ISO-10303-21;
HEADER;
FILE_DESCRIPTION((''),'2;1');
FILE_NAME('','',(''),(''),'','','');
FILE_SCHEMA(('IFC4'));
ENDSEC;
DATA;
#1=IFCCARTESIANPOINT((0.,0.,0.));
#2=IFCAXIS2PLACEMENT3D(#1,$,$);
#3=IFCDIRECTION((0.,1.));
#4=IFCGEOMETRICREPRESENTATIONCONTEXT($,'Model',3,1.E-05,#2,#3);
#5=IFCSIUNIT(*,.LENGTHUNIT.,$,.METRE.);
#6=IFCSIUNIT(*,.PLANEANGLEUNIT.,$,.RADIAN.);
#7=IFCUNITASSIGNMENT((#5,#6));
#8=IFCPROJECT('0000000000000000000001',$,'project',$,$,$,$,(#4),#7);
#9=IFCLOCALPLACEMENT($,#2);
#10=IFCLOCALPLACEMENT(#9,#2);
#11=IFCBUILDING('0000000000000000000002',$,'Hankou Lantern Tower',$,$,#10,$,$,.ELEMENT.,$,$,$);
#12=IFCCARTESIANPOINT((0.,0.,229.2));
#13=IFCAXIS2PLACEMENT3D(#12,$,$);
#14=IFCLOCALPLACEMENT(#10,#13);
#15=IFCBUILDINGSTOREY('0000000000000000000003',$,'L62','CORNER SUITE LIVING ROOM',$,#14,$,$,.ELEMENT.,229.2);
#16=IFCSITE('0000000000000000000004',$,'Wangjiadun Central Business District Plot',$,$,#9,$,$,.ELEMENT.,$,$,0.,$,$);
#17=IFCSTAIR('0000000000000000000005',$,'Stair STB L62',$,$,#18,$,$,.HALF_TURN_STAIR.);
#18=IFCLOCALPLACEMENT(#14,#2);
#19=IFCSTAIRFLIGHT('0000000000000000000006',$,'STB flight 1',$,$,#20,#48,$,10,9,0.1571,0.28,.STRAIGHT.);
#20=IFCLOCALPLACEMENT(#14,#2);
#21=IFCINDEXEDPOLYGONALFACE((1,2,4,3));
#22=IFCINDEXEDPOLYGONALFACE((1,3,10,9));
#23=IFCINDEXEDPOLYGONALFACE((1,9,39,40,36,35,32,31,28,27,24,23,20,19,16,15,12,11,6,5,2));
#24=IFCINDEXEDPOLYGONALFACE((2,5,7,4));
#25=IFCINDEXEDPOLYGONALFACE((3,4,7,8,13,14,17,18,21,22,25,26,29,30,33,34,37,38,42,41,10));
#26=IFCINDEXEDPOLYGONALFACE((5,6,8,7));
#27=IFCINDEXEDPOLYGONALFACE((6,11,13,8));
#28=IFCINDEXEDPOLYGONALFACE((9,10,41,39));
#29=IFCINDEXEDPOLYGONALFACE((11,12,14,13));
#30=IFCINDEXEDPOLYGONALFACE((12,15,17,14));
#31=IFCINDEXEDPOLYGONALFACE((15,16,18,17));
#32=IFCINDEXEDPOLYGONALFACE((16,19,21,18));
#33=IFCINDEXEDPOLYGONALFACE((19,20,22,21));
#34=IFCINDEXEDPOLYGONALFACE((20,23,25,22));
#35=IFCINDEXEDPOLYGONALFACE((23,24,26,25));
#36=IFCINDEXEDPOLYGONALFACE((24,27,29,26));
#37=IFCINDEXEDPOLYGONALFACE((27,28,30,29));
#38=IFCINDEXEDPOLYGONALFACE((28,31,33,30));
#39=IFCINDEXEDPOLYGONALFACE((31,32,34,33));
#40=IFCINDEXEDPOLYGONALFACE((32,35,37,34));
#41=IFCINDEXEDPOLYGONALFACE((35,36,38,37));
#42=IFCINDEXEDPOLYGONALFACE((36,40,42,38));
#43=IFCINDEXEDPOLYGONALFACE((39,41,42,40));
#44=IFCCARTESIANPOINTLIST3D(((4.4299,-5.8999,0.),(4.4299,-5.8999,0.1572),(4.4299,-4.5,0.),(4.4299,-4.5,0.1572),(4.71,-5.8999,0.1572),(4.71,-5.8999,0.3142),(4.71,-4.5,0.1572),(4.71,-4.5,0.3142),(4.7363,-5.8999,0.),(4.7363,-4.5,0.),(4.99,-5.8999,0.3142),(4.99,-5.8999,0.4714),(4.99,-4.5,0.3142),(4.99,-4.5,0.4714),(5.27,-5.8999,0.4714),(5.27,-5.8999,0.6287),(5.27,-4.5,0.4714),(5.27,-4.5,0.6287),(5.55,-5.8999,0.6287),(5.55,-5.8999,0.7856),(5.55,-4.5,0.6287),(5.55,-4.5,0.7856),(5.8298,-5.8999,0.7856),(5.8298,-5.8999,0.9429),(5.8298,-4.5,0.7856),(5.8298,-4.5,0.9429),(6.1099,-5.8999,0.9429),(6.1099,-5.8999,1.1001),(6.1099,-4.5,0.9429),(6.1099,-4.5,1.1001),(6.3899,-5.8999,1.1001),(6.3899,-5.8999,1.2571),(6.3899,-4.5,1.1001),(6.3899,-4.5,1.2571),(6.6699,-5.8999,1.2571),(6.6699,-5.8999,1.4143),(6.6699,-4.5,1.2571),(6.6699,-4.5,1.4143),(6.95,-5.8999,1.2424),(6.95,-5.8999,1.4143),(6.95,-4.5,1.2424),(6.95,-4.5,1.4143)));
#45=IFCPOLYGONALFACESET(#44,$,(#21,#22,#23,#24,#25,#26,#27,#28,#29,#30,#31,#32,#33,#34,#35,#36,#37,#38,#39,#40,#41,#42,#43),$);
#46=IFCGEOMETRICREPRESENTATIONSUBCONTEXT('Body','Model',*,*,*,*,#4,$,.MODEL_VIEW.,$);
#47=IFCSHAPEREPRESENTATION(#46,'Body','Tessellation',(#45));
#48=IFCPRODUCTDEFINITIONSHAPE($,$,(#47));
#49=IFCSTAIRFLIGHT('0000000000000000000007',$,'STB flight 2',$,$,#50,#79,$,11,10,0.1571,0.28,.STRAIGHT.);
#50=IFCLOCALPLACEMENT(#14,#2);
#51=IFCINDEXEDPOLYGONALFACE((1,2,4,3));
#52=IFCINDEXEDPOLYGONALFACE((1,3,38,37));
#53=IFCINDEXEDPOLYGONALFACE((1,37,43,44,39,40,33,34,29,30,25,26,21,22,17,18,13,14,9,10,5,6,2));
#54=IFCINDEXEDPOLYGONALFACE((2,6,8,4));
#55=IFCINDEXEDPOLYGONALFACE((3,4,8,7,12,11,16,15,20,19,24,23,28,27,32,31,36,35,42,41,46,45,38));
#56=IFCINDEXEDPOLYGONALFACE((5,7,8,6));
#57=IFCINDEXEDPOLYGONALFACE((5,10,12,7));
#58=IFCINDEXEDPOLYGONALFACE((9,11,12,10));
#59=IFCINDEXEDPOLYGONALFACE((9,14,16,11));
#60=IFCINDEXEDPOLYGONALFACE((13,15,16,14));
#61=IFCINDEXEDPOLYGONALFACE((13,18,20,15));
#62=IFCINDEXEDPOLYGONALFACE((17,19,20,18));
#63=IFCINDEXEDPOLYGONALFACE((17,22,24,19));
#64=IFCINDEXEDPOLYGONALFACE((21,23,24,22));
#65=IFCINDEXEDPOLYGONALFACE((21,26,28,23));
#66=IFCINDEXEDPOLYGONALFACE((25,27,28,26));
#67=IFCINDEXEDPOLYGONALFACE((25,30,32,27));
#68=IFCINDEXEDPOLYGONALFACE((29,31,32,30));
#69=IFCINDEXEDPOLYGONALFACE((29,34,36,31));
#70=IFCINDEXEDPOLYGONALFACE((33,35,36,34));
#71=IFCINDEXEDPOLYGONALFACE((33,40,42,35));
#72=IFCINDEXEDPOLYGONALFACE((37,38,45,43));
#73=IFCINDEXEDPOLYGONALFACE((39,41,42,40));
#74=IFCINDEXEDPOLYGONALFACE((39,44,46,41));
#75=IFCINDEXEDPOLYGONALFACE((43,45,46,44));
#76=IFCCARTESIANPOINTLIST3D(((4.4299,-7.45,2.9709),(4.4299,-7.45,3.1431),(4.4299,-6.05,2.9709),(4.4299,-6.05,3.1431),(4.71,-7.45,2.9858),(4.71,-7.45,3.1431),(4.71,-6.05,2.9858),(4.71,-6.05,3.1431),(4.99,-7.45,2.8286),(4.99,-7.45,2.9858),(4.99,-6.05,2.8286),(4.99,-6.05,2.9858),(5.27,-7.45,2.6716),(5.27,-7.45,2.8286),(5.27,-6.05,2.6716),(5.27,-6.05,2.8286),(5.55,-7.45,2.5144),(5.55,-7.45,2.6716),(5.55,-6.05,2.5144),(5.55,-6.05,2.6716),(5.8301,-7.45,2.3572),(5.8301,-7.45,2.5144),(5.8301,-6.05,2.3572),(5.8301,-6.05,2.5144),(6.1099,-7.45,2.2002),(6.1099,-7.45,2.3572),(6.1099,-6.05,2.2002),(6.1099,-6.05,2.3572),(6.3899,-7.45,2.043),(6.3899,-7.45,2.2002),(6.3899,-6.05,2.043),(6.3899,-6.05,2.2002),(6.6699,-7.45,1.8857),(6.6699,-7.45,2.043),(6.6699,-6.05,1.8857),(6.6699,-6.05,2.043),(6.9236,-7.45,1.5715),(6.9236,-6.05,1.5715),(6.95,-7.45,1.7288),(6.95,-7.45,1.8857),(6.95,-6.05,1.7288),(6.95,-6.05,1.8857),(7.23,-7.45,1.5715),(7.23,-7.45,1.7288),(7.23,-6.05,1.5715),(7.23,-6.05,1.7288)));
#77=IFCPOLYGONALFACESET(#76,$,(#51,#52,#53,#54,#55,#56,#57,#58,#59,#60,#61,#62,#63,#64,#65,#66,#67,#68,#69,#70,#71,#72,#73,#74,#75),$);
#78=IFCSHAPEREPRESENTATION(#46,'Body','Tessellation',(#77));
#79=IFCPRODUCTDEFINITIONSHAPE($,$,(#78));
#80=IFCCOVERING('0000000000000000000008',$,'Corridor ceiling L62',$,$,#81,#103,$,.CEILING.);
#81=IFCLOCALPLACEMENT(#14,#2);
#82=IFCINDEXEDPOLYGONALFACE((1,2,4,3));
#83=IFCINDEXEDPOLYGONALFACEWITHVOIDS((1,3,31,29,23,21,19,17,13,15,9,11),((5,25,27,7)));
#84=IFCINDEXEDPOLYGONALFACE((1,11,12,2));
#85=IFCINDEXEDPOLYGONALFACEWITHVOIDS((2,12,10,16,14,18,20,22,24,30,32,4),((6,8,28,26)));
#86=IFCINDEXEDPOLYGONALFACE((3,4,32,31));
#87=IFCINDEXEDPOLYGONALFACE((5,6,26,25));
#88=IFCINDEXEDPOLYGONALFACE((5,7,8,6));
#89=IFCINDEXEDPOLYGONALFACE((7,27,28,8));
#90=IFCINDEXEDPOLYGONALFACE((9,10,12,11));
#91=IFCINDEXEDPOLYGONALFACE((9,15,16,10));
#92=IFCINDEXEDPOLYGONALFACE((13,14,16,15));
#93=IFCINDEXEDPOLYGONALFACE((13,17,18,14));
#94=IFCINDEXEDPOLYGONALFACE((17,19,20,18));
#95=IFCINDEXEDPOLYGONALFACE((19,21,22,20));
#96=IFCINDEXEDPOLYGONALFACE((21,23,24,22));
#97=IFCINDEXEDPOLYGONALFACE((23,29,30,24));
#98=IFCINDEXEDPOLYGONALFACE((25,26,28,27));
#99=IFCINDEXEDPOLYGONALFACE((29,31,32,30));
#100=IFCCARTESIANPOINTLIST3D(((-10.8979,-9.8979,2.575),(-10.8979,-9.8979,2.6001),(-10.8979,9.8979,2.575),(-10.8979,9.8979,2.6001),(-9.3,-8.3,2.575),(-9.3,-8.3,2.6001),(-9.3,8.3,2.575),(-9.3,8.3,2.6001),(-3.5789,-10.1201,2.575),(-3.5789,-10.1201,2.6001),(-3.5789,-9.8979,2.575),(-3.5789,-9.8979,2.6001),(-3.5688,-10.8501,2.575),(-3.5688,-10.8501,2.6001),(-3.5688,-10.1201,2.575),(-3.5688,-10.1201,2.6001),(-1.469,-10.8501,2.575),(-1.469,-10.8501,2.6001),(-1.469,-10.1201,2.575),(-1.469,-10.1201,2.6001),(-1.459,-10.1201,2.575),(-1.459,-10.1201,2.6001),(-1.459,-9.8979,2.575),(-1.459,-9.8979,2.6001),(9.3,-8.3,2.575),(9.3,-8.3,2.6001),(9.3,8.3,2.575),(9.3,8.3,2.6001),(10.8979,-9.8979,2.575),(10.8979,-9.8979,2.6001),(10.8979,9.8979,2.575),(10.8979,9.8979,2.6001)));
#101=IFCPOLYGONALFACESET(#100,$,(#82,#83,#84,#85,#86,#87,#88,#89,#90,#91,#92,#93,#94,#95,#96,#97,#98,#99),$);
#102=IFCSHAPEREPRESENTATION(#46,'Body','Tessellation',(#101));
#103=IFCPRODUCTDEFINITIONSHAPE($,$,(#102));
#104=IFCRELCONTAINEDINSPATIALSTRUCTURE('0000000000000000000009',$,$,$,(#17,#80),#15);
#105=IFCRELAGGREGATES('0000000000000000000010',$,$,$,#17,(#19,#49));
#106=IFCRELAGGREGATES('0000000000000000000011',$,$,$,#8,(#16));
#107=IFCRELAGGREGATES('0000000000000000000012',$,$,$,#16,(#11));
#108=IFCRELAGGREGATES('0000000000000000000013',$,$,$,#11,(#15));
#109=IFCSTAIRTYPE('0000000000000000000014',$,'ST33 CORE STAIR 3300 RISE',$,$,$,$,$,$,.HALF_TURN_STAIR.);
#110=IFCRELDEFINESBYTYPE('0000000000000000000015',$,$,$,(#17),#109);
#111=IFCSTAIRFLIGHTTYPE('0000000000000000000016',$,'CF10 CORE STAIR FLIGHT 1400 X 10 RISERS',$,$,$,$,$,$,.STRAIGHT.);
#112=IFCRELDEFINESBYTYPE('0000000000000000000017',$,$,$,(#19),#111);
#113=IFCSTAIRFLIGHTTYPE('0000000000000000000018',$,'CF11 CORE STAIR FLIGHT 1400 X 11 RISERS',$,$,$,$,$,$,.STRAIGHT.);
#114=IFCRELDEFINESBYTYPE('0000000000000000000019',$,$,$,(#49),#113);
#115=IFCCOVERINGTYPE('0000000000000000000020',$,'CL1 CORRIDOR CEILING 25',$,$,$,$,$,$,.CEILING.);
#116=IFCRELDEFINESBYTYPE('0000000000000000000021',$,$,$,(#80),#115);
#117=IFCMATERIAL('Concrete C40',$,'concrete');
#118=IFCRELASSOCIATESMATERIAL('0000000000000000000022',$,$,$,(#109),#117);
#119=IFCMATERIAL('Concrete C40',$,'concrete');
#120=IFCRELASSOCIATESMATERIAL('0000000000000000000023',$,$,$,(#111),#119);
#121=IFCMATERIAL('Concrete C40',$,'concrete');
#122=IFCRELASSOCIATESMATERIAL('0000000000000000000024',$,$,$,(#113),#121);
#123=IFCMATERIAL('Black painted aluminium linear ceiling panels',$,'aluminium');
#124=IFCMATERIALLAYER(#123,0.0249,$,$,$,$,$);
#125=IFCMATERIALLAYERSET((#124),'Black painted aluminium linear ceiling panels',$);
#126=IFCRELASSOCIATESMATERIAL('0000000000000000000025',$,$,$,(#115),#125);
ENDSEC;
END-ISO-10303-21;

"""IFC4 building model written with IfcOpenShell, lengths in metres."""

from ifc_helpers import new_model, si_unit, direction, frame, origin, place, context, subcontext, project, spatial, polyline, outline, extrude, material, layer, layer_set, type_object, element, aggregate, save


model = new_model("IFC4")

# Units and contexts
model_context = context("Model", 3, precision=1e-05, world=origin(), true_north=direction((0.0, 1.0)))
body_context = subcontext(model_context, "Body", "Model", "MODEL_VIEW")
ifc_project = project(units=[si_unit("LENGTHUNIT", "METRE"), si_unit("PLANEANGLEUNIT", "RADIAN")], contexts=[model_context])

# Site, building, storey
site_placement = place(None, origin())
site = spatial("IfcSite", under=ifc_project, at=site_placement, Name="Wangjiadun Central Business District Plot", CompositionType="ELEMENT", RefElevation=0.0)
building_placement = place(site_placement, origin())
building = spatial("IfcBuilding", under=site, at=building_placement, Name="Hankou Lantern Tower", CompositionType="ELEMENT")
storey_placement = place(building_placement, frame((0.0, 0.0, 229.2)))
storey = spatial("IfcBuildingStorey", under=building, at=storey_placement, Name="L62", Description="CORNER SUITE LIVING ROOM", CompositionType="ELEMENT", Elevation=229.2)

# Stair, stair flights
ifc_material_1 = material(Name="Concrete C40", Category="concrete")
stair_type = type_object("IfcStairType", Name="ST33 CORE STAIR 3300 RISE", PredefinedType="HALF_TURN_STAIR", material=ifc_material_1)
stair_placement = place(storey_placement, origin())
stair = element("IfcStair", 1, at=stair_placement, inside=storey, type_object=stair_type, Name="Stair STB L62", PredefinedType="HALF_TURN_STAIR")
ifc_material_2 = material(Name="Concrete C40", Category="concrete")
stair_flight_type_1 = type_object("IfcStairFlightType", Name="CF10 CORE STAIR FLIGHT 1400 X 10 RISERS", PredefinedType="STRAIGHT", material=ifc_material_2)
stair_flight_1_placement = place(storey_placement, frame((4.4299, -5.2, 0.0), z_axis=(0.0, 0.0, 1.0), x_axis=(1.0, 0.0, 0.0)))
stair_flight_1 = element("IfcStairFlight", 2, at=stair_flight_1_placement, type_object=stair_flight_type_1, Name="STB flight 1", NumberOfRisers=10, NumberOfTreads=9, PredefinedType="STRAIGHT", RiserHeight=0.1571, TreadLength=0.28, context=body_context, shape_type="SweptSolid", body=[
    extrude(outline(polyline([(0.0, 0.0), (0.0, 0.1572), (0.28, 0.1572), (0.28, 0.3142), (0.5601, 0.3142), (0.5601, 0.4714), (0.8401, 0.4714), (0.8401, 0.6287), (1.1201, 0.6287), (1.1201, 0.7856), (1.3999, 0.7856), (1.3999, 0.9429), (1.6799, 0.9429), (1.6799, 1.1001), (1.96, 1.1001), (1.96, 1.2571), (2.24, 1.2571), (2.24, 1.4143), (2.52, 1.4143), (2.52, 1.5715), (2.52, 1.2424), (0.3064, 0.0), (0.0, 0.0)])), frame((0.0, 0.7, 0.0), z_axis=(0.0, -1.0, 0.0), x_axis=(1.0, 0.0, 0.0)), (0.0, 0.0, 1.0), 1.3999),
])
ifc_material_3 = material(Name="Concrete C40", Category="concrete")
stair_flight_type_2 = type_object("IfcStairFlightType", Name="CF11 CORE STAIR FLIGHT 1400 X 11 RISERS", PredefinedType="STRAIGHT", material=ifc_material_3)
stair_flight_2_placement = place(storey_placement, frame((7.23, -6.75, 1.5715), z_axis=(0.0, 0.0, 1.0), x_axis=(-1.0, 0.0, 0.0)))
stair_flight_2 = element("IfcStairFlight", 3, at=stair_flight_2_placement, type_object=stair_flight_type_2, Name="STB flight 2", NumberOfRisers=11, NumberOfTreads=10, PredefinedType="STRAIGHT", RiserHeight=0.1571, TreadLength=0.28, context=body_context, shape_type="SweptSolid", body=[
    extrude(outline(polyline([(0.0, 0.0), (0.0, 0.1572), (0.28, 0.1572), (0.28, 0.3142), (0.5601, 0.3142), (0.5601, 0.4714), (0.8401, 0.4714), (0.8401, 0.6287), (1.1201, 0.6287), (1.1201, 0.7856), (1.3999, 0.7856), (1.3999, 0.9429), (1.6799, 0.9429), (1.6799, 1.1001), (1.96, 1.1001), (1.96, 1.2571), (2.24, 1.2571), (2.24, 1.4143), (2.52, 1.4143), (2.52, 1.5715), (2.8, 1.5715), (2.8, 1.7285), (2.8, 1.3994), (0.3064, 0.0), (0.0, 0.0)])), frame((0.0, 0.7, 0.0), z_axis=(0.0, -1.0, 0.0), x_axis=(1.0, 0.0, 0.0)), (0.0, 0.0, 1.0), 1.3999),
])
aggregate(stair, [stair_flight_1, stair_flight_2])

# Covering
ifc_material_4 = material(Name="Black painted aluminium linear ceiling panels", Category="aluminium")
ifc_layer_1 = layer(ifc_material_4, 0.0249)
ifc_layer_set_1 = layer_set([ifc_layer_1], Name="Black painted aluminium linear ceiling panels")
covering_type = type_object("IfcCoveringType", Name="CL1 CORRIDOR CEILING 25", PredefinedType="CEILING", material=ifc_layer_set_1)
covering_placement = place(storey_placement, frame((0.0, 0.0, 2.575)))
element("IfcCovering", 4, at=covering_placement, inside=storey, type_object=covering_type, Name="Corridor ceiling L62", PredefinedType="CEILING", context=body_context, shape_type="SweptSolid", body=[
    extrude(outline(polyline([(-3.5688, -10.8501), (-1.469, -10.8501), (-1.469, -10.1201), (-1.459, -10.1201), (-1.459, -9.8979), (10.8979, -9.8979), (10.8979, 9.8979), (-10.8979, 9.8979), (-10.8979, -9.8979), (-3.5789, -9.8979), (-3.5789, -10.1201), (-3.5688, -10.1201), (-3.5688, -10.8501)]), holes=[polyline([(-9.3, 8.3), (9.3, 8.3), (9.3, -8.3), (-9.3, -8.3), (-9.3, 8.3)])]), origin(), (0.0, 0.0, 1.0), 0.0251),
])

save(model, "model.ifc")
